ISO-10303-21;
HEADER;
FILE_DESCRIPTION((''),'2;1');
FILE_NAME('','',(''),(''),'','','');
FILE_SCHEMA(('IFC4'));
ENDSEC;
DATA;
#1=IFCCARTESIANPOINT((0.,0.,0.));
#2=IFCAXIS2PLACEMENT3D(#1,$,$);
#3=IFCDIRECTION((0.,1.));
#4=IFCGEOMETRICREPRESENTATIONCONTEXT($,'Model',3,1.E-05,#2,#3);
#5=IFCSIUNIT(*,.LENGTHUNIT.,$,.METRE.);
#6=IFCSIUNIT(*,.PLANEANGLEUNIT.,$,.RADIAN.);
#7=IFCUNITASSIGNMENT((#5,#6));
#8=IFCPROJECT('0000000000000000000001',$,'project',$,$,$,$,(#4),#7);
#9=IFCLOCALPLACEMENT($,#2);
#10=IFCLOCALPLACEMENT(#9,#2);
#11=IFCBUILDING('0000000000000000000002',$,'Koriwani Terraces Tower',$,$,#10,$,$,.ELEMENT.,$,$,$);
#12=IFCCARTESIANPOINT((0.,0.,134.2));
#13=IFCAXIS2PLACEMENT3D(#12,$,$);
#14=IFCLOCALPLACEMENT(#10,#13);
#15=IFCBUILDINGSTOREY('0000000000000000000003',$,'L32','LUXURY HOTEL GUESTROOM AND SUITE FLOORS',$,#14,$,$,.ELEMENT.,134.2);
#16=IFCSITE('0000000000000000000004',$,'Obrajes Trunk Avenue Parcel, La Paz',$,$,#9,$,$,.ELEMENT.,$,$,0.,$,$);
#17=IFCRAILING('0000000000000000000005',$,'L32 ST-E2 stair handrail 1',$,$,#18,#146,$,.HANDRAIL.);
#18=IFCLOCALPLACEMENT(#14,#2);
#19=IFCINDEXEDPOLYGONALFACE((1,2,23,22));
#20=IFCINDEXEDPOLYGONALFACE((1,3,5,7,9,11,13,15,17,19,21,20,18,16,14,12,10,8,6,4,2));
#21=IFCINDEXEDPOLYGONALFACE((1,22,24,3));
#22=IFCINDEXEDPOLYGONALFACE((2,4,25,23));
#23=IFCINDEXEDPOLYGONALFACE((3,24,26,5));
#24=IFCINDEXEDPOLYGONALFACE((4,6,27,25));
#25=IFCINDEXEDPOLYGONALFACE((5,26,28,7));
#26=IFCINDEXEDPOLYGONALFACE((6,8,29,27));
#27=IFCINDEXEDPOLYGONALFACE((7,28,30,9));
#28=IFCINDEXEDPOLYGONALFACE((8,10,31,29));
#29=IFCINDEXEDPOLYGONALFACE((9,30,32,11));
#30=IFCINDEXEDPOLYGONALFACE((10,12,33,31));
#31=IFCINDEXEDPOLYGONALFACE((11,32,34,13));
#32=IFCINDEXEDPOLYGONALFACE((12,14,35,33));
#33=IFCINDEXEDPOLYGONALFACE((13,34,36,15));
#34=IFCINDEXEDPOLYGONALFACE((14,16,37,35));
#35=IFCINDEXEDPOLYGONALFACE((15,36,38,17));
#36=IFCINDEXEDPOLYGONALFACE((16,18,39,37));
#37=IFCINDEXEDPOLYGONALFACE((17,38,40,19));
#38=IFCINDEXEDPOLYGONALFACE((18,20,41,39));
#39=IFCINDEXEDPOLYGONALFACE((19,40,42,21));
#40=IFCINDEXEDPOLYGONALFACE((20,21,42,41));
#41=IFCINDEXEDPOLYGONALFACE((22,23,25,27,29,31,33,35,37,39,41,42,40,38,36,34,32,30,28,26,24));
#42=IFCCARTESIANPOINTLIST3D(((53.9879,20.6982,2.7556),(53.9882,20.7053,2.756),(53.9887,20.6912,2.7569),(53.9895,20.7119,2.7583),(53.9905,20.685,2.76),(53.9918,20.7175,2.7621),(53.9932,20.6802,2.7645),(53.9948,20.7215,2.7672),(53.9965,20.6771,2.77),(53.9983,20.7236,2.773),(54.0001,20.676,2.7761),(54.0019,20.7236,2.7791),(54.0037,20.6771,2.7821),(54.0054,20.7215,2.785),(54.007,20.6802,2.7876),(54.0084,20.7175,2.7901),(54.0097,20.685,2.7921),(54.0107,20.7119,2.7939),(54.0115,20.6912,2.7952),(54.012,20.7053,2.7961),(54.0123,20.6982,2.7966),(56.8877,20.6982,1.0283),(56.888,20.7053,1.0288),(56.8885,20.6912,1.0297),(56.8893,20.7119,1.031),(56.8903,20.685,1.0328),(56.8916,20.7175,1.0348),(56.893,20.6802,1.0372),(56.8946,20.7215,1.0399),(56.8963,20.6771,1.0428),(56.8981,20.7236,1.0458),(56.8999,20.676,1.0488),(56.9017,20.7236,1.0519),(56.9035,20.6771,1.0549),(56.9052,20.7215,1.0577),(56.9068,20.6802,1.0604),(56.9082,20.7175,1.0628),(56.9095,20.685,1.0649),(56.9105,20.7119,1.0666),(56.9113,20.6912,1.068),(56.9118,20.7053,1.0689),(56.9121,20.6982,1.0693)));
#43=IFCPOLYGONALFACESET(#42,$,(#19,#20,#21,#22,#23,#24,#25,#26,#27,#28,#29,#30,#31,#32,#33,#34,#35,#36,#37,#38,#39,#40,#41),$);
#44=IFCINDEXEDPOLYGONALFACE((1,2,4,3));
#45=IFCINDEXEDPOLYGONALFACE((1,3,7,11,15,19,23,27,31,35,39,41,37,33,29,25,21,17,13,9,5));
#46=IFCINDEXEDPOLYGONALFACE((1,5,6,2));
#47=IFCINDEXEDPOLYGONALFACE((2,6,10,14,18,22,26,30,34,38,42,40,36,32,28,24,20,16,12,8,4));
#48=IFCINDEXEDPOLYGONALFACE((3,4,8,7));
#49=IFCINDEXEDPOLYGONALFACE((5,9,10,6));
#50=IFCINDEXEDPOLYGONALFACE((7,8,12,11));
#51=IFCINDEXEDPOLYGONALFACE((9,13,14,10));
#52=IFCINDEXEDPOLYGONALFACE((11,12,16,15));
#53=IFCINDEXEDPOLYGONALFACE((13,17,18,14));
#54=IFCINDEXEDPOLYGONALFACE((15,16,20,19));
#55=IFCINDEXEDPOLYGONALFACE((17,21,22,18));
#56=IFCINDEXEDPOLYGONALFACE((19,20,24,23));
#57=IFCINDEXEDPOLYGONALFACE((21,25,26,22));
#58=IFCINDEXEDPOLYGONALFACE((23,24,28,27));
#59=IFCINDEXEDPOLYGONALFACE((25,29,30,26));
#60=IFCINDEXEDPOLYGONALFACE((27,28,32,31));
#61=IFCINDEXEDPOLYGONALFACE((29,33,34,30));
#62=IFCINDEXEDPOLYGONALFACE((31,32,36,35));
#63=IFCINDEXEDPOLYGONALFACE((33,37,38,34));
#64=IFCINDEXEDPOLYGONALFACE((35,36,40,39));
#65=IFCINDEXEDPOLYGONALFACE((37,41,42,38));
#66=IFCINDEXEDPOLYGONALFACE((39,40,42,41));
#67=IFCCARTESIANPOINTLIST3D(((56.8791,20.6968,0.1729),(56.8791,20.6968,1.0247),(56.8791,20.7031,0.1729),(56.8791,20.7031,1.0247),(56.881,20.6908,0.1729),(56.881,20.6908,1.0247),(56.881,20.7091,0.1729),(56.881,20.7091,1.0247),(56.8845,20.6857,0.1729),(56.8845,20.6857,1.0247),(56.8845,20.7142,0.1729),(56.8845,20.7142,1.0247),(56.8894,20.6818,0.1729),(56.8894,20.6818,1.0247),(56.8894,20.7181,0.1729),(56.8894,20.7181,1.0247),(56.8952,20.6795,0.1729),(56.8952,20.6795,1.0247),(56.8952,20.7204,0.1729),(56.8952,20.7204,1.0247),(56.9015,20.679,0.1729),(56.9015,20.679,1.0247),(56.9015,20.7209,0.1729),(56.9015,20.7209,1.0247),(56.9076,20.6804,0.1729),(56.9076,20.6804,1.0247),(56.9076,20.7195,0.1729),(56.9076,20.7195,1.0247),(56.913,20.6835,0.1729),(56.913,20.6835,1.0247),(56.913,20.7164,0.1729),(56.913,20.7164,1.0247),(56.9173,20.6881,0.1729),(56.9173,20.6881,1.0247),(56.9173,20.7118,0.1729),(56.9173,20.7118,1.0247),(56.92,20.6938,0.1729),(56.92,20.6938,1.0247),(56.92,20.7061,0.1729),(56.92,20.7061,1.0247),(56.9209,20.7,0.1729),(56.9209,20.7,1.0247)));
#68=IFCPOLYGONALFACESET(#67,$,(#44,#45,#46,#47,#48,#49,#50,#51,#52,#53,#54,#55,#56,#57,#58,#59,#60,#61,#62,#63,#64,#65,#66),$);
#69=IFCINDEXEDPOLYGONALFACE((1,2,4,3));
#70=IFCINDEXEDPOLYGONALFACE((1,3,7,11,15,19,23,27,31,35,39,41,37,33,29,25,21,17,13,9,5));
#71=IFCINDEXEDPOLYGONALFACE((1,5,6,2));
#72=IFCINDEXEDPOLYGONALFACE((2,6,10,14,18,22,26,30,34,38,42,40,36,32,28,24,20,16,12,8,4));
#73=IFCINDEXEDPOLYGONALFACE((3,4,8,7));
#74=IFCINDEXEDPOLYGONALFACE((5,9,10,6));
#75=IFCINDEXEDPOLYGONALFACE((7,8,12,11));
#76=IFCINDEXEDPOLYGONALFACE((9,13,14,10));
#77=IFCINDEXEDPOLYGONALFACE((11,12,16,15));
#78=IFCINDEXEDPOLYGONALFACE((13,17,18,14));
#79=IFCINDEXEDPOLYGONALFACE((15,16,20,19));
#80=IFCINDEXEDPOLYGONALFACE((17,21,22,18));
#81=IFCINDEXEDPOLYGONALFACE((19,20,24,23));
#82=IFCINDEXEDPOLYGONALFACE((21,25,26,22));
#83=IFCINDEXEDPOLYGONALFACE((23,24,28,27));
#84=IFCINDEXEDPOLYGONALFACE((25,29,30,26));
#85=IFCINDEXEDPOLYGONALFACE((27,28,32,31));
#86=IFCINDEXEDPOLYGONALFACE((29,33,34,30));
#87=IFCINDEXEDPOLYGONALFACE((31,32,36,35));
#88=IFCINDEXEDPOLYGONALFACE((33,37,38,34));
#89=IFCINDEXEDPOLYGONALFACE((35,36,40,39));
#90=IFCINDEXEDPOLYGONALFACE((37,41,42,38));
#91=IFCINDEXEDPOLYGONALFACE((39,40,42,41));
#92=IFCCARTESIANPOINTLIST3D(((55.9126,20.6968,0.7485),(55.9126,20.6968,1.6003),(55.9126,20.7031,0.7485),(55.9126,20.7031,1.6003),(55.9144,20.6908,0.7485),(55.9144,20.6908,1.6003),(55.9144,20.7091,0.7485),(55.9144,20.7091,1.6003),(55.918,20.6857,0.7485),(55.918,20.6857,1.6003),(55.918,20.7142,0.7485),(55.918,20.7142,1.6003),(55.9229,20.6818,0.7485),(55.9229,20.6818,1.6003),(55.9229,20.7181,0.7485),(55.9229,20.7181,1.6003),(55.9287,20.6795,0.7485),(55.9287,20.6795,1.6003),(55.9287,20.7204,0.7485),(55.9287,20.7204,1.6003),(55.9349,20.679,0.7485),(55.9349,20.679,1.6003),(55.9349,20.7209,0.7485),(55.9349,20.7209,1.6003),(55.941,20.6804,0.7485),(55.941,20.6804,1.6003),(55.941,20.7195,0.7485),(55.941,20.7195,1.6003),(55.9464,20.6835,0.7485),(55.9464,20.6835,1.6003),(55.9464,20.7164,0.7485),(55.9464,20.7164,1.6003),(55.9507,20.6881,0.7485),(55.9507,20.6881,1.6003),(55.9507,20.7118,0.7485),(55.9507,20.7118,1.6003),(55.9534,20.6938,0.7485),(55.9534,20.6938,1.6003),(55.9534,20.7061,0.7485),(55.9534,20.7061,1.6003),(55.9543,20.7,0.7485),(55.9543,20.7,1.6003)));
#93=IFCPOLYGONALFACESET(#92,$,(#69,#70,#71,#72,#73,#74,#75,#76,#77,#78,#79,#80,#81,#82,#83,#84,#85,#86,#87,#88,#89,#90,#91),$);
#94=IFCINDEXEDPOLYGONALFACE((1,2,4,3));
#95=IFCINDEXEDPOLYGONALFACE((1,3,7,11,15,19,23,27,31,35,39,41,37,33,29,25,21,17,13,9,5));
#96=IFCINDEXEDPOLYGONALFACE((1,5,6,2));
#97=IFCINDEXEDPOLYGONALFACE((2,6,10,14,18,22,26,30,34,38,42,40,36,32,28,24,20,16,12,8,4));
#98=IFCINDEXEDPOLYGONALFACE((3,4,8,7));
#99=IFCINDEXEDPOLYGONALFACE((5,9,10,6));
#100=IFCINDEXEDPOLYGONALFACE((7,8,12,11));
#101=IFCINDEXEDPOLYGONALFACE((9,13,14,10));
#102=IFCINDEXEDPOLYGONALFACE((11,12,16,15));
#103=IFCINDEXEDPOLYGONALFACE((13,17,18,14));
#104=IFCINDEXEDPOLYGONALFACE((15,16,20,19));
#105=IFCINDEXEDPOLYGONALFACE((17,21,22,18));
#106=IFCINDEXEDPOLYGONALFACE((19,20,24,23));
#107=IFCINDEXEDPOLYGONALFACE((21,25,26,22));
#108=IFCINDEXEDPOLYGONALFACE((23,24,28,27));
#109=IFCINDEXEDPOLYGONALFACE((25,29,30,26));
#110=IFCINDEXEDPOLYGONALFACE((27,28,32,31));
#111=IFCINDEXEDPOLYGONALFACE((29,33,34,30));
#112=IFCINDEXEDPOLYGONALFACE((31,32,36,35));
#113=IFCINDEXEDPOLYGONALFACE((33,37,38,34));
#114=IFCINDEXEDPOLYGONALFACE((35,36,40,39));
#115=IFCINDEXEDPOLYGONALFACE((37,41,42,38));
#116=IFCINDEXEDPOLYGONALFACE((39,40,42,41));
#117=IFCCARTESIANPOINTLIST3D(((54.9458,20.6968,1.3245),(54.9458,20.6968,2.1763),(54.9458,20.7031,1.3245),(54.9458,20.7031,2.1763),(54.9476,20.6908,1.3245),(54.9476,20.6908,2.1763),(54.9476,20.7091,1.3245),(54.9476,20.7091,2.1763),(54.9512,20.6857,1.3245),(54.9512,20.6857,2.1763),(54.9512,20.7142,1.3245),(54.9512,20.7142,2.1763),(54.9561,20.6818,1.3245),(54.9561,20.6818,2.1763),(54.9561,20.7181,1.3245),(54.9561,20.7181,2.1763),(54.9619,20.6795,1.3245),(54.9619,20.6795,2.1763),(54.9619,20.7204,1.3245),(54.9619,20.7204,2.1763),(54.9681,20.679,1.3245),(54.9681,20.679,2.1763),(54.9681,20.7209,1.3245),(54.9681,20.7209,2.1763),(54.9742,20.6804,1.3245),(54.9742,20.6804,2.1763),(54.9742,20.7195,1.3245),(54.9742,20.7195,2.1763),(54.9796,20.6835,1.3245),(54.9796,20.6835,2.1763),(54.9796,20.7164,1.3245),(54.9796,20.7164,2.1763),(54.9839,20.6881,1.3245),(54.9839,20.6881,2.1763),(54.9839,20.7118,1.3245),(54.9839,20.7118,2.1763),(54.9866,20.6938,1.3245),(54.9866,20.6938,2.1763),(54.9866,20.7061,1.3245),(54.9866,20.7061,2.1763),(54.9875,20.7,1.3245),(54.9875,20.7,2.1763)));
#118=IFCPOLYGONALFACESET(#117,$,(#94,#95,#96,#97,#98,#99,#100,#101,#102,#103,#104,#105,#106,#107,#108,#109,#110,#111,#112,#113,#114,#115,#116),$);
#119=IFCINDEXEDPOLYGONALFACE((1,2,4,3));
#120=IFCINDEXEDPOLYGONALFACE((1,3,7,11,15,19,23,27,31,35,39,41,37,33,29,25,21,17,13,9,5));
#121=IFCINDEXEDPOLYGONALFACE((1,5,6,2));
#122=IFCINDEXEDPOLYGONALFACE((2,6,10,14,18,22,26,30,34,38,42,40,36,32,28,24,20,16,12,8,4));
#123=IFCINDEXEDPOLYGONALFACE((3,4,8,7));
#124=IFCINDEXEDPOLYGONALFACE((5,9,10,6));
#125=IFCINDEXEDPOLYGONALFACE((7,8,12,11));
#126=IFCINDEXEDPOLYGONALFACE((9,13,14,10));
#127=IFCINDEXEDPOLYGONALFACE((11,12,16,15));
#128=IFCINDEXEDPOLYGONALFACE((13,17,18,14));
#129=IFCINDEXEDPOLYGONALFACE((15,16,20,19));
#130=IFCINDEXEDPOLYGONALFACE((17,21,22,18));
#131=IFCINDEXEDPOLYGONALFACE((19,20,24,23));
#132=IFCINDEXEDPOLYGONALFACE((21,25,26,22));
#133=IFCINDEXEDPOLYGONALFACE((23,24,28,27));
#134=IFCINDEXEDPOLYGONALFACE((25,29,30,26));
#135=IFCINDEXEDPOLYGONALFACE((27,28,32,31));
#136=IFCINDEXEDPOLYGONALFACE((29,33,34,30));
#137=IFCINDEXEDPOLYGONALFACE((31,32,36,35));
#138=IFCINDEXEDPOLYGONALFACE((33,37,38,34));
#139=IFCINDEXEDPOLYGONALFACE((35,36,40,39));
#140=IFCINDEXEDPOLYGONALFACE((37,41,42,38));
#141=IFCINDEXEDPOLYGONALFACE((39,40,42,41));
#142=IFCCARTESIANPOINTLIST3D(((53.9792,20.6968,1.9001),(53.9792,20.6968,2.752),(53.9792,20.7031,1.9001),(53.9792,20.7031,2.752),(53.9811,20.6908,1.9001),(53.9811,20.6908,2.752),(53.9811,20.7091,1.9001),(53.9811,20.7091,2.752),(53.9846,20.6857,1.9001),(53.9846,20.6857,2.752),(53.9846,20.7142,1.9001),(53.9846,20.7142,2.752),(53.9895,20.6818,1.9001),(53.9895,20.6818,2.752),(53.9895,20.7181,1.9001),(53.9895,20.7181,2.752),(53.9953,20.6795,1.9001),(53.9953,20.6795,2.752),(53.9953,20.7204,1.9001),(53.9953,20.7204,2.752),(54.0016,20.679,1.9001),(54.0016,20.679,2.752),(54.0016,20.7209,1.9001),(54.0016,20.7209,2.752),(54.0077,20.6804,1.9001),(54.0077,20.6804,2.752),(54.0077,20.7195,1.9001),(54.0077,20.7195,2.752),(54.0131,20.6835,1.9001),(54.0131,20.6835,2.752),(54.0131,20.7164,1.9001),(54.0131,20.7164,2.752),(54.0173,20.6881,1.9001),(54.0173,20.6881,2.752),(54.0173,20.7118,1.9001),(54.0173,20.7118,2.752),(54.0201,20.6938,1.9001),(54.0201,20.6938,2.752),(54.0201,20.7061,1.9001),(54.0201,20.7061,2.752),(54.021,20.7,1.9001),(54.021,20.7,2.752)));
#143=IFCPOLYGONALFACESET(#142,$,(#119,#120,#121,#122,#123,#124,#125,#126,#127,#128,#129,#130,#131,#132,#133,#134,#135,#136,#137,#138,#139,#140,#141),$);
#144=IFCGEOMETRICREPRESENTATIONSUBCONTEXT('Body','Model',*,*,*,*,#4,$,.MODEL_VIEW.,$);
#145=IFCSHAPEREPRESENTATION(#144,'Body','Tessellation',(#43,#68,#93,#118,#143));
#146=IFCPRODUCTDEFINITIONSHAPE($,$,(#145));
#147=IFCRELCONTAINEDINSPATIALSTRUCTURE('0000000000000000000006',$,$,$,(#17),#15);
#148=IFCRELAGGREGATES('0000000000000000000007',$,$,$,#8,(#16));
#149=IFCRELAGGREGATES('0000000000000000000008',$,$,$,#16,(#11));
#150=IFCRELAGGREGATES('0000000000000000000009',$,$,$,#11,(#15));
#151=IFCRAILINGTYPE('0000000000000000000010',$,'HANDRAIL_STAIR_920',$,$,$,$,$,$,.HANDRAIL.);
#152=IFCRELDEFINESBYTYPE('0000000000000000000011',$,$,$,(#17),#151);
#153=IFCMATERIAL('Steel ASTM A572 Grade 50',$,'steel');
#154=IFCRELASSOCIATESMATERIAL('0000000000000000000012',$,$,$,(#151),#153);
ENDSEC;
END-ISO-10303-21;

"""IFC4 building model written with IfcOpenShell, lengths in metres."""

from ifc_helpers import new_model, si_unit, direction, frame, origin, origin_2d, place, context, subcontext, project, spatial, circle, extrude, material, type_object, element, save


model = new_model("IFC4")

# Units and contexts
model_context = context("Model", 3, precision=1e-05, world=origin(), true_north=direction((0.0, 1.0)))
body_context = subcontext(model_context, "Body", "Model", "MODEL_VIEW")
ifc_project = project(units=[si_unit("LENGTHUNIT", "METRE"), si_unit("PLANEANGLEUNIT", "RADIAN")], contexts=[model_context])

# Site, building, storey
site_placement = place(None, origin())
site = spatial("IfcSite", under=ifc_project, at=site_placement, Name="Obrajes Trunk Avenue Parcel, La Paz", CompositionType="ELEMENT", RefElevation=0.0)
building_placement = place(site_placement, origin())
building = spatial("IfcBuilding", under=site, at=building_placement, Name="Koriwani Terraces Tower", CompositionType="ELEMENT")
storey_placement = place(building_placement, frame((0.0, 0.0, 134.2)))
storey = spatial("IfcBuildingStorey", under=building, at=storey_placement, Name="L32", Description="LUXURY HOTEL GUESTROOM AND SUITE FLOORS", CompositionType="ELEMENT", Elevation=134.2)

# Shared definitions
ifc_material_1 = material(Name="Steel ASTM A572 Grade 50", Category="steel")

# Railing
railing_type_1 = type_object("IfcRailingType", Name="HANDRAIL_STAIR_920", PredefinedType="HANDRAIL", material=ifc_material_1)
railing_1_placement = place(storey_placement, frame((56.8999, 20.7, 0.1729)))
element("IfcRailing", 1, at=railing_1_placement, inside=storey, type_object=railing_type_1, Name="L32 ST-E2 stair handrail 1", PredefinedType="HANDRAIL", context=body_context, shape_type="SweptSolid", body=[
    extrude(circle(Radius=0.0239, at=origin_2d()), frame((0.0, 0.0, 0.876), z_axis=(-0.859141, 0.0, 0.511738), x_axis=(0.0, -1.0, 0.0)), (0.0, 0.0, 1.0), 3.3752),
    extrude(circle(Radius=0.021, at=origin_2d()), origin(), (0.0, 0.0, 1.0), 0.8518),
    extrude(circle(Radius=0.021, at=origin_2d()), frame((-0.9666, 0.0, 0.5757)), (0.0, 0.0, 1.0), 0.8518),
    extrude(circle(Radius=0.021, at=origin_2d()), frame((-1.9333, 0.0, 1.1516)), (0.0, 0.0, 1.0), 0.8518),
    extrude(circle(Radius=0.021, at=origin_2d()), frame((-2.8999, 0.0, 1.7273)), (0.0, 0.0, 1.0), 0.8518),
])

save(model, "model.ifc")
